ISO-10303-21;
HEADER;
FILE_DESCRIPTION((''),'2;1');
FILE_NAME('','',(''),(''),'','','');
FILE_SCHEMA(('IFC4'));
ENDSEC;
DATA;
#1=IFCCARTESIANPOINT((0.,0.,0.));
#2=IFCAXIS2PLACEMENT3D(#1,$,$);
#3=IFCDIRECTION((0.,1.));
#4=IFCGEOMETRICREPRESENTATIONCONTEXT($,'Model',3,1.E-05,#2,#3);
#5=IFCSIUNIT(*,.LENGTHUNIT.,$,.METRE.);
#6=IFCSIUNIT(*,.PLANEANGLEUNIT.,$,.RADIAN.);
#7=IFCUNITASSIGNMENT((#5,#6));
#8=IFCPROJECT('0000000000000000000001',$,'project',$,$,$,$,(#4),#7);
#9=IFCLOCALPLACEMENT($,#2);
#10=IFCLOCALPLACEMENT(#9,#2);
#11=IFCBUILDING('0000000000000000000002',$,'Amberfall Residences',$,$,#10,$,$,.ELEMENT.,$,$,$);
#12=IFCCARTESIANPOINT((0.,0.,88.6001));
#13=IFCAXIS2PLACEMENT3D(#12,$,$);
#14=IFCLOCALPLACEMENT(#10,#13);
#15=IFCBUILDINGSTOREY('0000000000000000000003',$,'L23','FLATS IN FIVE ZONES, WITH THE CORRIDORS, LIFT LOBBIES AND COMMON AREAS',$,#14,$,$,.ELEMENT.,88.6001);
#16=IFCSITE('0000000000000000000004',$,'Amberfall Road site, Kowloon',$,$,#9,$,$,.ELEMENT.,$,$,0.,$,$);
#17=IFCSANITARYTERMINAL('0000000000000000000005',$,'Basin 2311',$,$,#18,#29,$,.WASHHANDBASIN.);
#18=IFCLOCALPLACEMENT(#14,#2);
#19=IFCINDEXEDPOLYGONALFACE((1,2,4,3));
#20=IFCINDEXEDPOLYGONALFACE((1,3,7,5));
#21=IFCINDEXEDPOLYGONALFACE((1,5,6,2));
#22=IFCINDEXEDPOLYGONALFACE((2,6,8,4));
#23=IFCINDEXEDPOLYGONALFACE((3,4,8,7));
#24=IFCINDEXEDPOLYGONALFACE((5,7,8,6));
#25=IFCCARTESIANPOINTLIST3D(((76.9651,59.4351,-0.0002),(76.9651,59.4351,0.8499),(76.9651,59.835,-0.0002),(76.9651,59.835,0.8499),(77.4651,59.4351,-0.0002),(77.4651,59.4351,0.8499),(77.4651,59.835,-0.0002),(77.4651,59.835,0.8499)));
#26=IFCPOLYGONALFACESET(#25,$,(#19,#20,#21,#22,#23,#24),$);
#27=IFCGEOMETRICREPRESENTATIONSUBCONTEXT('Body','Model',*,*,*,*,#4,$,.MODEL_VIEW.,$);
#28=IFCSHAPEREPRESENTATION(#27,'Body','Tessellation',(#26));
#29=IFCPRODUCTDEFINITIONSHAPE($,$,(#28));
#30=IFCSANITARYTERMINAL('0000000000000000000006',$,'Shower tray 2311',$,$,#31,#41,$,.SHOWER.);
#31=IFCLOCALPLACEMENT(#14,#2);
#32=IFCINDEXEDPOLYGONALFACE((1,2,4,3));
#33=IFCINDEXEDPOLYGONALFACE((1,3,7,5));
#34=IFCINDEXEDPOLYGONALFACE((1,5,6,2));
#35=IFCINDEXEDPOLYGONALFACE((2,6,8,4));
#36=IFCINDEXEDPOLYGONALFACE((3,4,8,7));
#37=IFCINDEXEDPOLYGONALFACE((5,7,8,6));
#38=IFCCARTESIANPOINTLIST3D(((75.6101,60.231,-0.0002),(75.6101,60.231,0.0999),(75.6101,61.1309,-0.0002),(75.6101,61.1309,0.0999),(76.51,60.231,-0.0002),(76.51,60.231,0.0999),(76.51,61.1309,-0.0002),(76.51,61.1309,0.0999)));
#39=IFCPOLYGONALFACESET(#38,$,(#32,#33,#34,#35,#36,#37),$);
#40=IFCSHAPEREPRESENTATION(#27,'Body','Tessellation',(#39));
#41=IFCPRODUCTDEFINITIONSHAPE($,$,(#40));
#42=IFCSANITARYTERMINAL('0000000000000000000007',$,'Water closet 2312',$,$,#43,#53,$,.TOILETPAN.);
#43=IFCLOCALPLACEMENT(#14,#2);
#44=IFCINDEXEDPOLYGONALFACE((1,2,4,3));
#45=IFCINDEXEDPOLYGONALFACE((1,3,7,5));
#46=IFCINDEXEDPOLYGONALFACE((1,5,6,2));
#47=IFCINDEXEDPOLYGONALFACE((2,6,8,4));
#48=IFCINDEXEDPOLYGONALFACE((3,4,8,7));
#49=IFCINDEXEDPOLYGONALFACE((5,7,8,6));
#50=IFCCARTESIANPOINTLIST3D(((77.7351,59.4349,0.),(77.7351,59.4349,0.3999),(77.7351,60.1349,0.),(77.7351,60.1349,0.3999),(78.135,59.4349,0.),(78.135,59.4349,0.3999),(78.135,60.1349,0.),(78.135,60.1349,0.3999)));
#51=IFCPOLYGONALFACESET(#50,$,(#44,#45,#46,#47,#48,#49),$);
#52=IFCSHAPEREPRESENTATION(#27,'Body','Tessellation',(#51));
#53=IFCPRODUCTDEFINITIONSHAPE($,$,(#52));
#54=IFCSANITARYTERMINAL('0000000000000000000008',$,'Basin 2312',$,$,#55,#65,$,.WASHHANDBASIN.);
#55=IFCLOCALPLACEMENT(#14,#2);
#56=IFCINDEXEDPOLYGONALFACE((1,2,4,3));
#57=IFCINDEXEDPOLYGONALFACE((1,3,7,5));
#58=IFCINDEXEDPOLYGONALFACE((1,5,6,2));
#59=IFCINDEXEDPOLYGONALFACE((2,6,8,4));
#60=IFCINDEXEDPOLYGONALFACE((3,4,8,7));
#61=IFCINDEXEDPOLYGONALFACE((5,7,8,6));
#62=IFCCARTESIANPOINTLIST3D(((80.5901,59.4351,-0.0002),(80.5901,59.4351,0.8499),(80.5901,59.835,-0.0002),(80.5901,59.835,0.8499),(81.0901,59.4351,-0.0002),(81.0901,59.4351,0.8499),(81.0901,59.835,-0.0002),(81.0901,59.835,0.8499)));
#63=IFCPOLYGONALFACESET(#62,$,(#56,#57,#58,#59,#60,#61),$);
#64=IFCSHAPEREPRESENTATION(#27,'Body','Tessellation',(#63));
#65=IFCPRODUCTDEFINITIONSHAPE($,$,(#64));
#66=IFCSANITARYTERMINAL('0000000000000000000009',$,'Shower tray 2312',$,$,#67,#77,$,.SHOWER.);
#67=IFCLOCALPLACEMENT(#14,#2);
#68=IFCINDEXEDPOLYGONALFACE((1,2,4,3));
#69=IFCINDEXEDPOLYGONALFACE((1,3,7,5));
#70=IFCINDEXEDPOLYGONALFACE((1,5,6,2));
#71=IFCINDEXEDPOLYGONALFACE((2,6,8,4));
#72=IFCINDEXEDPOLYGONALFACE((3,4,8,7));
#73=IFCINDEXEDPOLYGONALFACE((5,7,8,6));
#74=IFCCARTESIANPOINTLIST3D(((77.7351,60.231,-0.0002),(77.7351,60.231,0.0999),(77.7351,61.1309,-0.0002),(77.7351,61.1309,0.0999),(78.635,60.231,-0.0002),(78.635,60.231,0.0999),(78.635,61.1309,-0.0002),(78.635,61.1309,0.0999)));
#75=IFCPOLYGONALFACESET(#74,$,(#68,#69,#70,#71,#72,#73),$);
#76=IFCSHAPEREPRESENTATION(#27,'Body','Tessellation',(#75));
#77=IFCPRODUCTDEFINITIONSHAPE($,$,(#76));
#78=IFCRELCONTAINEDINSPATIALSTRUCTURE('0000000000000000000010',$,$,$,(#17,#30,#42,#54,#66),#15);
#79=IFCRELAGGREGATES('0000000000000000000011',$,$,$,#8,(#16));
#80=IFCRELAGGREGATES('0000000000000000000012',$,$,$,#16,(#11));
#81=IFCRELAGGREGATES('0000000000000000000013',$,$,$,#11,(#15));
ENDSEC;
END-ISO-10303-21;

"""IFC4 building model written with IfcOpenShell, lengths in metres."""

from ifc_helpers import new_model, si_unit, direction, frame, origin, origin_2d, place, context, subcontext, project, spatial, rectangle, extrude, element, save


model = new_model("IFC4")

# Units and contexts
model_context = context("Model", 3, precision=1e-05, world=origin(), true_north=direction((0.0, 1.0)))
body_context = subcontext(model_context, "Body", "Model", "MODEL_VIEW")
ifc_project = project(units=[si_unit("LENGTHUNIT", "METRE"), si_unit("PLANEANGLEUNIT", "RADIAN")], contexts=[model_context])

# Site, building, storey
site_placement = place(None, origin())
site = spatial("IfcSite", under=ifc_project, at=site_placement, Name="Amberfall Road site, Kowloon", CompositionType="ELEMENT", RefElevation=0.0)
building_placement = place(site_placement, origin())
building = spatial("IfcBuilding", under=site, at=building_placement, Name="Amberfall Residences", CompositionType="ELEMENT")
storey_placement = place(building_placement, frame((0.0, 0.0, 88.6001)))
storey = spatial("IfcBuildingStorey", under=building, at=storey_placement, Name="L23", Description="FLATS IN FIVE ZONES, WITH THE CORRIDORS, LIFT LOBBIES AND COMMON AREAS", CompositionType="ELEMENT", Elevation=88.6001)

# Sanitary terminals
sanitary_terminal_1_placement = place(storey_placement, frame((77.2151, 59.635, -0.0002), z_axis=(0.0, 0.0, 1.0), x_axis=(1.0, 0.0, 0.0)))
element("IfcSanitaryTerminal", 1, at=sanitary_terminal_1_placement, inside=storey, Name="Basin 2311", PredefinedType="WASHHANDBASIN", context=body_context, shape_type="SweptSolid", body=[
    extrude(rectangle(XDim=0.5, YDim=0.3999, at=origin_2d()), origin(), (0.0, 0.0, 1.0), 0.8501),
])
sanitary_terminal_2_placement = place(storey_placement, frame((76.0601, 60.6809, -0.0002), z_axis=(0.0, 0.0, 1.0), x_axis=(1.0, 0.0, 0.0)))
element("IfcSanitaryTerminal", 2, at=sanitary_terminal_2_placement, inside=storey, Name="Shower tray 2311", PredefinedType="SHOWER", context=body_context, shape_type="SweptSolid", body=[
    extrude(rectangle(XDim=0.8999, YDim=0.8999, at=origin_2d()), origin(), (0.0, 0.0, 1.0), 0.1001),
])
sanitary_terminal_3_placement = place(storey_placement, frame((77.9351, 59.7849, 0.0), z_axis=(0.0, 0.0, 1.0), x_axis=(1.0, 0.0, 0.0)))
element("IfcSanitaryTerminal", 3, at=sanitary_terminal_3_placement, inside=storey, Name="Water closet 2312", PredefinedType="TOILETPAN", context=body_context, shape_type="SweptSolid", body=[
    extrude(rectangle(XDim=0.3999, YDim=0.7, at=origin_2d()), origin(), (0.0, 0.0, 1.0), 0.3999),
])
sanitary_terminal_4_placement = place(storey_placement, frame((80.8401, 59.635, -0.0002), z_axis=(0.0, 0.0, 1.0), x_axis=(1.0, 0.0, 0.0)))
element("IfcSanitaryTerminal", 4, at=sanitary_terminal_4_placement, inside=storey, Name="Basin 2312", PredefinedType="WASHHANDBASIN", context=body_context, shape_type="SweptSolid", body=[
    extrude(rectangle(XDim=0.5, YDim=0.3999, at=origin_2d()), origin(), (0.0, 0.0, 1.0), 0.8501),
])
sanitary_terminal_5_placement = place(storey_placement, frame((78.1851, 60.6809, -0.0002), z_axis=(0.0, 0.0, 1.0), x_axis=(1.0, 0.0, 0.0)))
element("IfcSanitaryTerminal", 5, at=sanitary_terminal_5_placement, inside=storey, Name="Shower tray 2312", PredefinedType="SHOWER", context=body_context, shape_type="SweptSolid", body=[
    extrude(rectangle(XDim=0.8999, YDim=0.8999, at=origin_2d()), origin(), (0.0, 0.0, 1.0), 0.1001),
])

save(model, "model.ifc")
